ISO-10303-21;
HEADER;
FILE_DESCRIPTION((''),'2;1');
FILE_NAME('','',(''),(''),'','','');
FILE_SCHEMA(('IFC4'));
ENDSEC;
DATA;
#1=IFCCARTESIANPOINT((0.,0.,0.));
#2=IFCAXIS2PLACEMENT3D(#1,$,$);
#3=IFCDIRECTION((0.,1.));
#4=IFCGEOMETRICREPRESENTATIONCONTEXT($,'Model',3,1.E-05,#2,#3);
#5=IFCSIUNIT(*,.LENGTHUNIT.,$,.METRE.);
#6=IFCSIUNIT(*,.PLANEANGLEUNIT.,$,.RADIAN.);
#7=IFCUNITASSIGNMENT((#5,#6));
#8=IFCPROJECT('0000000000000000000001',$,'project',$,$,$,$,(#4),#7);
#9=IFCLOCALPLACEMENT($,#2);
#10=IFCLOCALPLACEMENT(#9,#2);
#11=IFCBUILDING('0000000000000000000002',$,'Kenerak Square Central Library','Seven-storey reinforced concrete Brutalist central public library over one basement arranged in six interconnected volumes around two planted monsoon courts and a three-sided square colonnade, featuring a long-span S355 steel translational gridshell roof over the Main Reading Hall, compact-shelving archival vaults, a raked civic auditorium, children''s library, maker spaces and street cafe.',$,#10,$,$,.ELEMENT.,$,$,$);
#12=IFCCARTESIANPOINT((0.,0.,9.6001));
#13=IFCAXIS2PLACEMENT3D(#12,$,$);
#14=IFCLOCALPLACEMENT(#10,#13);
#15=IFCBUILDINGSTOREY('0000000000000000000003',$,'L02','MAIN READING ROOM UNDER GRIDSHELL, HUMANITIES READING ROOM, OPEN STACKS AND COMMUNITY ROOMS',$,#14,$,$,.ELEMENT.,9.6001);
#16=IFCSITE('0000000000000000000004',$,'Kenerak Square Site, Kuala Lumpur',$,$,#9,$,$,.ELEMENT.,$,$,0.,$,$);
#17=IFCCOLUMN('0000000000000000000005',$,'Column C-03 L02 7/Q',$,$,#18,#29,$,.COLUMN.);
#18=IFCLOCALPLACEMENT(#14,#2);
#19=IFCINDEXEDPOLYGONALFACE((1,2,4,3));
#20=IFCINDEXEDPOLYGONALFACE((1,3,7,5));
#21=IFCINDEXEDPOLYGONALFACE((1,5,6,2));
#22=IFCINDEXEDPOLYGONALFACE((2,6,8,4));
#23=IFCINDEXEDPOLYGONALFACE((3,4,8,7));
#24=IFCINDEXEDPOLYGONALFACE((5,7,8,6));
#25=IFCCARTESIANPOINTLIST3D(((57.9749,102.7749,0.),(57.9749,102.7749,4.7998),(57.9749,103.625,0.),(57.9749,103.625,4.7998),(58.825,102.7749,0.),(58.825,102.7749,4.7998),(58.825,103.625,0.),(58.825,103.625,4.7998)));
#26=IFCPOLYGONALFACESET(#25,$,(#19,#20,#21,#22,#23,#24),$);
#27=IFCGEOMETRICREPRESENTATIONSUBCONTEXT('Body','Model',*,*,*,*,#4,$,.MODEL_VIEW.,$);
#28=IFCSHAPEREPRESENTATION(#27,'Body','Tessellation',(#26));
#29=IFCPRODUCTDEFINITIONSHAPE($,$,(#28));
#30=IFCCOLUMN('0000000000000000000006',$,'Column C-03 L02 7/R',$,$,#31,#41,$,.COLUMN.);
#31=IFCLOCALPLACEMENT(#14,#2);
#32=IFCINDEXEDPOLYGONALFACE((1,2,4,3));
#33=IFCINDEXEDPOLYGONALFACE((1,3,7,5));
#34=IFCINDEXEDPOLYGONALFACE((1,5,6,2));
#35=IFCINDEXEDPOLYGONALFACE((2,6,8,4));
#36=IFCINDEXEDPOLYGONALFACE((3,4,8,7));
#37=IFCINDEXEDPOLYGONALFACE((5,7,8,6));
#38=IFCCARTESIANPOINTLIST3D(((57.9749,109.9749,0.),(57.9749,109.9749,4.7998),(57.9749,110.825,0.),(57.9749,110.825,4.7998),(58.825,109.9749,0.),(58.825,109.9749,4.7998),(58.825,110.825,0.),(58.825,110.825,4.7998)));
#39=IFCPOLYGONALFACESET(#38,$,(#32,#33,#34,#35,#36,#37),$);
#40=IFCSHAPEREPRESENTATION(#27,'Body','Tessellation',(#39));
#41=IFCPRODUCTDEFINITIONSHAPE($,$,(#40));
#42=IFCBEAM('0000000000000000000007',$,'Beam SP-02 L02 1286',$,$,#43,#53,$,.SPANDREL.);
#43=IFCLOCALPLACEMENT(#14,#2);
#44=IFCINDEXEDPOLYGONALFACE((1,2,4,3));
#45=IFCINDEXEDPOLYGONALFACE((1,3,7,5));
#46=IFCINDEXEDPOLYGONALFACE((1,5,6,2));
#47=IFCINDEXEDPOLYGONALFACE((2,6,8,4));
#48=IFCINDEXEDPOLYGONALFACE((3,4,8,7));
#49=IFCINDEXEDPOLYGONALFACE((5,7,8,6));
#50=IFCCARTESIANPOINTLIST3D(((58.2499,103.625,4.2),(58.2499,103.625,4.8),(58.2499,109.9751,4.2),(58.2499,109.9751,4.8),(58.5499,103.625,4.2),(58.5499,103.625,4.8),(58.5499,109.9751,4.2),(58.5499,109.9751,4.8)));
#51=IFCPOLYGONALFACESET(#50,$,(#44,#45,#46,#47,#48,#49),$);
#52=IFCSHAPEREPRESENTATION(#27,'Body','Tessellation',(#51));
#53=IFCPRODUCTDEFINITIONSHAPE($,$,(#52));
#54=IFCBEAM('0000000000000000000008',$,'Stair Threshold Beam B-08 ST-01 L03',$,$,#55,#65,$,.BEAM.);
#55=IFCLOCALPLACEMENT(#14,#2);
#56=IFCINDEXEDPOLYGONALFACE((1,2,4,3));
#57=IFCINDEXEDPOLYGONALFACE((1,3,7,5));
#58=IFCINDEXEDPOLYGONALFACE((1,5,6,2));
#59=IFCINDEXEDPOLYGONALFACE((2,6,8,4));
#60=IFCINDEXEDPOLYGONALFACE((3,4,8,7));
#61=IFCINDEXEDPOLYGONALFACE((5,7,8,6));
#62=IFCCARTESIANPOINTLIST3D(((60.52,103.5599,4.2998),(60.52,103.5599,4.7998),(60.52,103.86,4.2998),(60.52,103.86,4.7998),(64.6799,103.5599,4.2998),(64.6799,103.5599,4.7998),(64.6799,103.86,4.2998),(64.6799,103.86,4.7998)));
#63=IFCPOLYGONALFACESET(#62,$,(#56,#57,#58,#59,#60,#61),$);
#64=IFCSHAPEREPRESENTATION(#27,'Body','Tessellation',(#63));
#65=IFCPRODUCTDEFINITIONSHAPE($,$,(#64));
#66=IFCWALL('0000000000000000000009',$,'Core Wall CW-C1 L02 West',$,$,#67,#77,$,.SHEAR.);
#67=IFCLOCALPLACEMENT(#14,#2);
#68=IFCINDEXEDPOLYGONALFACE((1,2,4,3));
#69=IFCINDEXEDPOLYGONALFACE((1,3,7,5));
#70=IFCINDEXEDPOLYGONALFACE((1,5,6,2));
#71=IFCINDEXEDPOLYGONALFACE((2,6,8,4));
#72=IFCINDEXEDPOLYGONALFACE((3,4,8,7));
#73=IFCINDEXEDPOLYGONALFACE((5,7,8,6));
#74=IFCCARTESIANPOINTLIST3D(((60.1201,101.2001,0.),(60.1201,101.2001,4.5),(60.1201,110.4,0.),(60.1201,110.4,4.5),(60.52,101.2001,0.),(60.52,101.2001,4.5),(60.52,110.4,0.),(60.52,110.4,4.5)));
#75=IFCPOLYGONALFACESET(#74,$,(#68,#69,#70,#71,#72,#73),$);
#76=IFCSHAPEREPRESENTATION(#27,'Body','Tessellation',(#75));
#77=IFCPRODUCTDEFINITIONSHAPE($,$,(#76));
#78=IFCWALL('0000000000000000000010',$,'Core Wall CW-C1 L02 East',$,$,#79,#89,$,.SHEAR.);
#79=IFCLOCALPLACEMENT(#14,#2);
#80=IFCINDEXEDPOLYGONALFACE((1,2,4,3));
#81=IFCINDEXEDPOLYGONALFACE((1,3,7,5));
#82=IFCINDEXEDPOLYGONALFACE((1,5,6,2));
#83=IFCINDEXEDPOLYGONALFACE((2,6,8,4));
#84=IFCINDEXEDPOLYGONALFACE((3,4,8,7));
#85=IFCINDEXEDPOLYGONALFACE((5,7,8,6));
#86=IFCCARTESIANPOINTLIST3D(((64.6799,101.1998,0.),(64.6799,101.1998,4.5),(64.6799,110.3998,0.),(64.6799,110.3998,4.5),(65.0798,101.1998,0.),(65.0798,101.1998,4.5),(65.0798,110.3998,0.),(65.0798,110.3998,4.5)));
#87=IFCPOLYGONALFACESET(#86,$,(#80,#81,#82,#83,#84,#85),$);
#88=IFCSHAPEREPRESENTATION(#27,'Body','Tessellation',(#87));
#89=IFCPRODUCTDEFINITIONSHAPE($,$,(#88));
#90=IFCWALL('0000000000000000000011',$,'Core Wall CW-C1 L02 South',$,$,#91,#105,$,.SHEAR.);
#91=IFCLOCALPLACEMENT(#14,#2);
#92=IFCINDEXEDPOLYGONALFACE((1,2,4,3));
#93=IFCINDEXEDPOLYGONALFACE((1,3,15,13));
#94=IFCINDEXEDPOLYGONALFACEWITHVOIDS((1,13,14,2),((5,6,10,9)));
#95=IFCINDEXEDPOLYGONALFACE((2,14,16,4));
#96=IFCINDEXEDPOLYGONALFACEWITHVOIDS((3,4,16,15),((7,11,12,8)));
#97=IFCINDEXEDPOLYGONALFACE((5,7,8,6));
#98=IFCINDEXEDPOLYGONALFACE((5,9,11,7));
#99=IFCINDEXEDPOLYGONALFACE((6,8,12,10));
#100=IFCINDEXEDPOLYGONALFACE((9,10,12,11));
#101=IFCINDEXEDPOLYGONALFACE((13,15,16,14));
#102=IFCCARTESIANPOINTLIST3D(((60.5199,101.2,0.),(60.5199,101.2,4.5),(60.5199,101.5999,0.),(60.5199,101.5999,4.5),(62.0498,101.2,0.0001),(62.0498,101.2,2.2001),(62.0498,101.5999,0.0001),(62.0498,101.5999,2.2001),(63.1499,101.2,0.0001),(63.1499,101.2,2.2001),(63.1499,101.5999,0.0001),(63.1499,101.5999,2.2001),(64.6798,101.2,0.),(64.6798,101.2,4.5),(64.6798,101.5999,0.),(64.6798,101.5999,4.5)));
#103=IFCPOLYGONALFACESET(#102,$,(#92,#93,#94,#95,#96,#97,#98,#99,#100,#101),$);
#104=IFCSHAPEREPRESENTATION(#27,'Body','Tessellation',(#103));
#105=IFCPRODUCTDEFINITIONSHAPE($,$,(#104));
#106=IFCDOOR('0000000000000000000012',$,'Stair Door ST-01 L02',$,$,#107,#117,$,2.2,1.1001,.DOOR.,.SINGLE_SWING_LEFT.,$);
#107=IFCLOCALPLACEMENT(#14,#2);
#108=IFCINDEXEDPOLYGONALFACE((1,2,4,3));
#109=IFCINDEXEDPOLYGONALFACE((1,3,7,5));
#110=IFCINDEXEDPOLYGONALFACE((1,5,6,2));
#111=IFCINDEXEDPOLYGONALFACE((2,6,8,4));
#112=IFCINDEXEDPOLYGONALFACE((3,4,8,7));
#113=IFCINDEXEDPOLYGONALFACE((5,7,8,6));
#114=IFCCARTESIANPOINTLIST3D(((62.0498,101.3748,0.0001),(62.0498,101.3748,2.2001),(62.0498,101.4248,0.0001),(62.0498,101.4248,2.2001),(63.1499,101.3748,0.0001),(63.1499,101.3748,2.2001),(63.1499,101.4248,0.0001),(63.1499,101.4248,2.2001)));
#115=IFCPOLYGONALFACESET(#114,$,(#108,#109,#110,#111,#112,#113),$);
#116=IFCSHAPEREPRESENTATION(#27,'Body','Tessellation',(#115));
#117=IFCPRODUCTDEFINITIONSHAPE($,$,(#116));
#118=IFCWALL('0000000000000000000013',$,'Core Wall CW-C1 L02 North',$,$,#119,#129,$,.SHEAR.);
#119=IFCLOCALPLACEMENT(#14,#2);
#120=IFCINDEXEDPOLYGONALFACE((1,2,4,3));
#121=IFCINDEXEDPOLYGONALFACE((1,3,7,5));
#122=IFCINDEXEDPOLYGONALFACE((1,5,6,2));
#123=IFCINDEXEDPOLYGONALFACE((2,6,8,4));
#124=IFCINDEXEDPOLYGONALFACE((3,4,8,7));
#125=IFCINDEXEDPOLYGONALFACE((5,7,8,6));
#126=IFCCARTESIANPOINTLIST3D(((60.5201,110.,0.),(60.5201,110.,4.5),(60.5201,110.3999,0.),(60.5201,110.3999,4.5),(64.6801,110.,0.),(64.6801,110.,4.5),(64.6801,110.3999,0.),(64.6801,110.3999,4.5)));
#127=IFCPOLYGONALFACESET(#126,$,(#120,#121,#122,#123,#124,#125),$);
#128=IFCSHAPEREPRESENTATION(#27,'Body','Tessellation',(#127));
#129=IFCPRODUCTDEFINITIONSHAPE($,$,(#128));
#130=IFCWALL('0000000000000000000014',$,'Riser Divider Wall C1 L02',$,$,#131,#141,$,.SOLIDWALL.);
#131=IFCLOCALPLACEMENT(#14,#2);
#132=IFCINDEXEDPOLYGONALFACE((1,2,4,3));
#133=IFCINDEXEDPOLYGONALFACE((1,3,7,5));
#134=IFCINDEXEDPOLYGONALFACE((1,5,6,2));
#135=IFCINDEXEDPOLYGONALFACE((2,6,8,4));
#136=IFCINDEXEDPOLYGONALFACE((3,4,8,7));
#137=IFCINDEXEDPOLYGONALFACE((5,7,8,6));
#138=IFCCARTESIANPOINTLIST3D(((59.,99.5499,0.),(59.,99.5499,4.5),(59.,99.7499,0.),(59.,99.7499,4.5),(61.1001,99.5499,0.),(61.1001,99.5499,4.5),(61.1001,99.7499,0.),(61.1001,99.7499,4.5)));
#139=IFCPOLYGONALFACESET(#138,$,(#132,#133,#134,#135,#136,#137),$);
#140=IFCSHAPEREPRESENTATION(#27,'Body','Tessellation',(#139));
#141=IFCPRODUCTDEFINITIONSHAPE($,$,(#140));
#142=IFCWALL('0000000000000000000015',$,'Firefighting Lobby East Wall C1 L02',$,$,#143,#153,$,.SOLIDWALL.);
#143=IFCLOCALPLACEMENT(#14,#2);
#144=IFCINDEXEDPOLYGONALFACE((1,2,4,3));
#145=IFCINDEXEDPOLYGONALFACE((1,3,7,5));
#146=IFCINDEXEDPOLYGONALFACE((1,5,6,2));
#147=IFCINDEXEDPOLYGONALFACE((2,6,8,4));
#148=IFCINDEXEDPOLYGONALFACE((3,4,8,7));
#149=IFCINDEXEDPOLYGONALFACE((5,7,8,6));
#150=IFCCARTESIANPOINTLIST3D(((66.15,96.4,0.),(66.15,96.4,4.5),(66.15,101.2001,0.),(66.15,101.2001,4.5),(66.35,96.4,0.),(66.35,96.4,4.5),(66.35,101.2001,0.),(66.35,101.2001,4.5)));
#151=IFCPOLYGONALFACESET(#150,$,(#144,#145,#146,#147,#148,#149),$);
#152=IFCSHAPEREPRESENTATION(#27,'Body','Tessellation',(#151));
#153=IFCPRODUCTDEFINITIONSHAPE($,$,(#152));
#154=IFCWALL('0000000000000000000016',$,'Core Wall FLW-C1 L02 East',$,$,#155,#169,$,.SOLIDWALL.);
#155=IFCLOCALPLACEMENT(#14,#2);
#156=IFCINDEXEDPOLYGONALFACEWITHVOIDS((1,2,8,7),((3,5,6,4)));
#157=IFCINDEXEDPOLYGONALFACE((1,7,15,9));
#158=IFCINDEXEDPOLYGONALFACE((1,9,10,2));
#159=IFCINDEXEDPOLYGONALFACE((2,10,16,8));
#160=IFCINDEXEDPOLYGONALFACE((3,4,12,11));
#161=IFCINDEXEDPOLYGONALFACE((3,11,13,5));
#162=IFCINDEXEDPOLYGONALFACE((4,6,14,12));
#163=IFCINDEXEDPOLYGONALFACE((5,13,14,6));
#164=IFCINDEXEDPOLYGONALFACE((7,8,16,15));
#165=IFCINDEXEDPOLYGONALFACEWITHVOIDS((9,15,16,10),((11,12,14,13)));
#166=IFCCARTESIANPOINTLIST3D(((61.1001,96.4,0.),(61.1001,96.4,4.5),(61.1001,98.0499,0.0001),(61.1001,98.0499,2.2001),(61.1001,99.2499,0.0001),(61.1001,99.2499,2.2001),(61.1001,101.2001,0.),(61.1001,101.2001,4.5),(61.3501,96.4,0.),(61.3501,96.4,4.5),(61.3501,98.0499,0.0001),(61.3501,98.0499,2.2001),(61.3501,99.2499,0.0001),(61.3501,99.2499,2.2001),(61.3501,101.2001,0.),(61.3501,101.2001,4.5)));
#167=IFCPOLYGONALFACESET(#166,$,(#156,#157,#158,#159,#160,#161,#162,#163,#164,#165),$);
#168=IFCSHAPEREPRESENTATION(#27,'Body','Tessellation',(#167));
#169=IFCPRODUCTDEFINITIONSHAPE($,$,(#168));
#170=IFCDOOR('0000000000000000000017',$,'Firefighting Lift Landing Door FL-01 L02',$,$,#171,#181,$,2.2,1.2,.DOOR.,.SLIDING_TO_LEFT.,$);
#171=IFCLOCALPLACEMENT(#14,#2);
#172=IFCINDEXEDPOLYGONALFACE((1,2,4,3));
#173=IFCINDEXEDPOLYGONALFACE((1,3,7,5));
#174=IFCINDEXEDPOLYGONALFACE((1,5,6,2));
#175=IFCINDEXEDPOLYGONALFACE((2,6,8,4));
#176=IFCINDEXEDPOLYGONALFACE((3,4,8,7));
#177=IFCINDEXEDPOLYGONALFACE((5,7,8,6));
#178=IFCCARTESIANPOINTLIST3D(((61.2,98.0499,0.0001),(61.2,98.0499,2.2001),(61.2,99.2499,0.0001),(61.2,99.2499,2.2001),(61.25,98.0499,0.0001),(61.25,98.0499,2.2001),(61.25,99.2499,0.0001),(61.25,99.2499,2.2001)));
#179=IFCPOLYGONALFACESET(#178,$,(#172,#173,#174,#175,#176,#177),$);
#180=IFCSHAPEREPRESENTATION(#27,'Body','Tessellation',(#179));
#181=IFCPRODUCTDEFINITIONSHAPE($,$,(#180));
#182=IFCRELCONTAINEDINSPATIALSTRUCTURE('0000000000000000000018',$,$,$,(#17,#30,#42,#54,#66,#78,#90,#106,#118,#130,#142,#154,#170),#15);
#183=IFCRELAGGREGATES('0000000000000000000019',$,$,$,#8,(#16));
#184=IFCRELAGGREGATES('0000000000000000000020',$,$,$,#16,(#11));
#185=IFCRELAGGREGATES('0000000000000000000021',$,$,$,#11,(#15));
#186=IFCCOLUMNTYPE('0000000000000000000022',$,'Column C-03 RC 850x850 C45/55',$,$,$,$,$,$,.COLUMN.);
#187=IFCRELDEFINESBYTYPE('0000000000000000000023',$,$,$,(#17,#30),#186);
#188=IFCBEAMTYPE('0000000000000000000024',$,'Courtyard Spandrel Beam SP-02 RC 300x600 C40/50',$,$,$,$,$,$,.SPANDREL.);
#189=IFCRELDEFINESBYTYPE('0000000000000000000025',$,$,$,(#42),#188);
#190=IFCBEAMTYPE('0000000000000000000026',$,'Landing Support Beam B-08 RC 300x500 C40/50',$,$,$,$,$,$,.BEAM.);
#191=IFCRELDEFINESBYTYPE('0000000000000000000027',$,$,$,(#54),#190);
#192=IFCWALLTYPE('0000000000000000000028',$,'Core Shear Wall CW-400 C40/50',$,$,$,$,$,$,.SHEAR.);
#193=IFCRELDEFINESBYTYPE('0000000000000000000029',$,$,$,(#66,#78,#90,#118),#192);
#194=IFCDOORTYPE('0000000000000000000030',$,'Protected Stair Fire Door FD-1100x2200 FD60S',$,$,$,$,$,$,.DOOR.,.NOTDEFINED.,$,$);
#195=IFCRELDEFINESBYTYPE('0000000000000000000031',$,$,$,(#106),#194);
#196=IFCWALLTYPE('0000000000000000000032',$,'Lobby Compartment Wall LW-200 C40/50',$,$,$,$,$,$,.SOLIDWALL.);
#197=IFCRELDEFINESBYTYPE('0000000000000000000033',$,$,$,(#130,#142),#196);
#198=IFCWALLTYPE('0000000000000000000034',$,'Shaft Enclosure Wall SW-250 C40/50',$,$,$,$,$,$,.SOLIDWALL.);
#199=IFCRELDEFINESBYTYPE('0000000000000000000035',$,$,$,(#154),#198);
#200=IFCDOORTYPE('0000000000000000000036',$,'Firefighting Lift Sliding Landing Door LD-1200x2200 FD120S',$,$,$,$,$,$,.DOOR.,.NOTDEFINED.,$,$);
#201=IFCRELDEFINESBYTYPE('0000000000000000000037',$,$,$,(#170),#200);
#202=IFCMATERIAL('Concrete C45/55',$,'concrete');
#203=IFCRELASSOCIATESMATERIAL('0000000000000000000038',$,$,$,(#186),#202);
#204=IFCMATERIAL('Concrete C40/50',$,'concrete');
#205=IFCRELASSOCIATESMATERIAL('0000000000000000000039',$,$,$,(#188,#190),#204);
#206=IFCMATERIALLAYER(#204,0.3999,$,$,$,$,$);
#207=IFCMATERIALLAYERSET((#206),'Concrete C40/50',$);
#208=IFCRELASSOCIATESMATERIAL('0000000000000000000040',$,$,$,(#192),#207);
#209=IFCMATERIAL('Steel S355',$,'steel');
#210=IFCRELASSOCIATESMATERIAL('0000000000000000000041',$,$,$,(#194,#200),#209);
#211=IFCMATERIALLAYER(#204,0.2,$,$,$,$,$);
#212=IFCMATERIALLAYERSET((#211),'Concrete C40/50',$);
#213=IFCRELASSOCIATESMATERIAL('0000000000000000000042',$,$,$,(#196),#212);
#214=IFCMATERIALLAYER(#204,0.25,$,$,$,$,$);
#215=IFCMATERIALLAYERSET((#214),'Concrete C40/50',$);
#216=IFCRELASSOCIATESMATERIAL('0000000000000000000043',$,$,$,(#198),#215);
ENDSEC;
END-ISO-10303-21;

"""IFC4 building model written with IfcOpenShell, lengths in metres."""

from ifc_helpers import new_model, si_unit, direction, frame, frame_2d, origin, origin_2d, place, context, subcontext, project, spatial, rectangle, extrude, material, layer, layer_set, material_profile, profile_set, type_object, element, fill, save


model = new_model("IFC4")

# Units and contexts
model_context = context("Model", 3, precision=1e-05, world=origin(), true_north=direction((0.0, 1.0)))
body_context = subcontext(model_context, "Body", "Model", "MODEL_VIEW")
ifc_project = project(units=[si_unit("LENGTHUNIT", "METRE"), si_unit("PLANEANGLEUNIT", "RADIAN")], contexts=[model_context])

# Site, building, storey
site_placement = place(None, origin())
site = spatial("IfcSite", under=ifc_project, at=site_placement, Name="Kenerak Square Site, Kuala Lumpur", CompositionType="ELEMENT", RefElevation=0.0)
building_placement = place(site_placement, origin())
building = spatial("IfcBuilding", under=site, at=building_placement, Name="Kenerak Square Central Library", Description="Seven-storey reinforced concrete Brutalist central public library over one basement arranged in six interconnected volumes around two planted monsoon courts and a three-sided square colonnade, featuring a long-span S355 steel translational gridshell roof over the Main Reading Hall, compact-shelving archival vaults, a raked civic auditorium, children's library, maker spaces and street cafe.", CompositionType="ELEMENT")
storey_placement = place(building_placement, frame((0.0, 0.0, 9.6001)))
storey = spatial("IfcBuildingStorey", under=building, at=storey_placement, Name="L02", Description="MAIN READING ROOM UNDER GRIDSHELL, HUMANITIES READING ROOM, OPEN STACKS AND COMMUNITY ROOMS", CompositionType="ELEMENT", Elevation=9.6001)

# Columns
ifc_material_1 = material(Name="Concrete C45/55", Category="concrete")
ifc_material_profile_1 = material_profile(ifc_material_1, rectangle(XDim=0.8501, YDim=0.8501, at=origin_2d()), Name="RC 850x850")
ifc_profile_set_1 = profile_set([ifc_material_profile_1], Name="Concrete C45/55")
column_type = type_object("IfcColumnType", Name="Column C-03 RC 850x850 C45/55", PredefinedType="COLUMN", material=ifc_profile_set_1)
for number, where, z_axis, x_axis, name in (
    (1, (58.3999, 103.2, 0.0), (0.0, 0.0, 1.0), (1.0, 0.0, 0.0), "Column C-03 L02 7/Q"),
    (2, (58.3999, 110.3999, 0.0), (0.0, 0.0, 1.0), (1.0, 0.0, 0.0), "Column C-03 L02 7/R"),
):
    element("IfcColumn", number, at=place(storey_placement, frame(where, z_axis=z_axis, x_axis=x_axis)), inside=storey, type_object=column_type, Name=name, PredefinedType="COLUMN", context=body_context, shape_type="SweptSolid", body=[
        extrude(rectangle(XDim=0.8501, YDim=0.8501, at=origin_2d()), origin(), (0.0, 0.0, 1.0), 4.7998),
    ])

# Beams
ifc_material_2 = material(Name="Concrete C40/50", Category="concrete")
ifc_material_profile_2 = material_profile(ifc_material_2, rectangle(XDim=0.3, YDim=0.6001, at=origin_2d()), Name="RC 300x600")
ifc_profile_set_2 = profile_set([ifc_material_profile_2], Name="Concrete C40/50")
beam_type_1 = type_object("IfcBeamType", Name="Courtyard Spandrel Beam SP-02 RC 300x600 C40/50", PredefinedType="SPANDREL", material=ifc_profile_set_2)
beam_1_placement = place(storey_placement, frame((58.3999, 103.625, 4.5), z_axis=(0.0, 1.0, 0.0), x_axis=(-1.0, 0.0, 0.0)))
element("IfcBeam", 3, at=beam_1_placement, inside=storey, type_object=beam_type_1, Name="Beam SP-02 L02 1286", PredefinedType="SPANDREL", context=body_context, shape_type="SweptSolid", body=[
    extrude(rectangle(XDim=0.3, YDim=0.6001, at=origin_2d()), origin(), (0.0, 0.0, 1.0), 6.3501),
])
ifc_material_profile_3 = material_profile(ifc_material_2, rectangle(XDim=0.3, YDim=0.5, at=origin_2d()), Name="RC 300x500")
ifc_profile_set_3 = profile_set([ifc_material_profile_3], Name="Concrete C40/50")
beam_type_2 = type_object("IfcBeamType", Name="Landing Support Beam B-08 RC 300x500 C40/50", PredefinedType="BEAM", material=ifc_profile_set_3)
beam_2_placement = place(storey_placement, frame((60.52, 103.71, 4.5498), z_axis=(1.0, 0.0, 0.0), x_axis=(0.0, 1.0, 0.0)))
element("IfcBeam", 4, at=beam_2_placement, inside=storey, type_object=beam_type_2, Name="Stair Threshold Beam B-08 ST-01 L03", PredefinedType="BEAM", context=body_context, shape_type="SweptSolid", body=[
    extrude(rectangle(XDim=0.3, YDim=0.5, at=origin_2d()), origin(), (0.0, 0.0, 1.0), 4.1599),
])

# Walls
ifc_layer_1 = layer(ifc_material_2, 0.3999)
ifc_layer_set_1 = layer_set([ifc_layer_1], Name="Concrete C40/50")
wall_type_1 = type_object("IfcWallType", Name="Core Shear Wall CW-400 C40/50", PredefinedType="SHEAR", material=ifc_layer_set_1)
for number, where, z_axis, x_axis, name in (
    (5, (60.3201, 101.2, 0.0), (0.0, 0.0, 1.0), (0.0, 1.0, 0.0), "Core Wall CW-C1 L02 West"),
    (6, (64.8799, 110.3999, 0.0), (0.0, 0.0, 1.0), (0.0, -1.0, 0.0), "Core Wall CW-C1 L02 East"),
):
    element("IfcWall", number, at=place(storey_placement, frame(where, z_axis=z_axis, x_axis=x_axis)), inside=storey, type_object=wall_type_1, Name=name, PredefinedType="SHEAR", context=body_context, shape_type="SweptSolid", body=[
        extrude(rectangle(XDim=9.2, YDim=0.3999, at=frame_2d((4.6001, 0.0))), origin(), (0.0, 0.0, 1.0), 4.5),
    ])

# Wall, opening, door
wall_1_placement = place(storey_placement, frame((64.6799, 101.3999, 0.0), z_axis=(0.0, 0.0, 1.0), x_axis=(-1.0, 0.0, 0.0)))
wall_1 = element("IfcWall", 7, at=wall_1_placement, inside=storey, type_object=wall_type_1, Name="Core Wall CW-C1 L02 South", PredefinedType="SHEAR", context=body_context, shape_type="SweptSolid", body=[
    extrude(rectangle(XDim=4.1599, YDim=0.3999, at=frame_2d((2.0801, 0.0))), origin(), (0.0, 0.0, 1.0), 4.5),
])
opening_1_placement = place(wall_1_placement, frame((1.53, 0.0, 0.0)))
opening_1 = element("IfcOpeningElement", 8, at=opening_1_placement, cuts=wall_1, PredefinedType="OPENING", context=body_context, shape_type="SweptSolid", body=[
    extrude(rectangle(XDim=1.1001, YDim=2.2, at=frame_2d((0.55, 1.1001))), frame((0.0, 0.21, 0.0), z_axis=(0.0, -1.0, 0.0), x_axis=(1.0, 0.0, 0.0)), (0.0, 0.0, 1.0), 0.4199),
])
ifc_material_3 = material(Name="Steel S355", Category="steel")
door_type_1 = type_object("IfcDoorType", Name="Protected Stair Fire Door FD-1100x2200 FD60S", OperationType="NOTDEFINED", PredefinedType="DOOR", material=ifc_material_3)
door_1_placement = place(opening_1_placement, frame((1.1001, 0.0, 0.0), z_axis=(0.0, 0.0, 1.0), x_axis=(-1.0, 0.0, 0.0)))
door_1 = element("IfcDoor", 9, at=door_1_placement, inside=storey, type_object=door_type_1, Name="Stair Door ST-01 L02", OperationType="SINGLE_SWING_LEFT", OverallHeight=2.2, OverallWidth=1.1001, PredefinedType="DOOR", context=body_context, shape_type="SweptSolid", body=[
    extrude(rectangle(XDim=1.1001, YDim=2.2, at=frame_2d((0.55, 1.1001))), frame((0.0, 0.0249, 0.0), z_axis=(0.0, -1.0, 0.0), x_axis=(1.0, 0.0, 0.0)), (0.0, 0.0, 1.0), 0.05),
])
fill(opening_1, door_1)

# Walls
wall_2_placement = place(storey_placement, frame((60.52, 110.2, 0.0), z_axis=(0.0, 0.0, 1.0), x_axis=(1.0, 0.0, 0.0)))
element("IfcWall", 10, at=wall_2_placement, inside=storey, type_object=wall_type_1, Name="Core Wall CW-C1 L02 North", PredefinedType="SHEAR", context=body_context, shape_type="SweptSolid", body=[
    extrude(rectangle(XDim=4.1599, YDim=0.3999, at=frame_2d((2.0801, 0.0))), origin(), (0.0, 0.0, 1.0), 4.5),
])
ifc_layer_2 = layer(ifc_material_2, 0.2)
ifc_layer_set_2 = layer_set([ifc_layer_2], Name="Concrete C40/50")
wall_type_2 = type_object("IfcWallType", Name="Lobby Compartment Wall LW-200 C40/50", PredefinedType="SOLIDWALL", material=ifc_layer_set_2)
wall_3_placement = place(storey_placement, frame((59.0, 99.6499, 0.0), z_axis=(0.0, 0.0, 1.0), x_axis=(1.0, 0.0, 0.0)))
element("IfcWall", 11, at=wall_3_placement, inside=storey, type_object=wall_type_2, Name="Riser Divider Wall C1 L02", PredefinedType="SOLIDWALL", context=body_context, shape_type="SweptSolid", body=[
    extrude(rectangle(XDim=2.1001, YDim=0.2, at=frame_2d((1.05, 0.0))), origin(), (0.0, 0.0, 1.0), 4.5),
])
wall_4_placement = place(storey_placement, frame((66.25, 101.2, 0.0), z_axis=(0.0, 0.0, 1.0), x_axis=(0.0, -1.0, 0.0)))
element("IfcWall", 12, at=wall_4_placement, inside=storey, type_object=wall_type_2, Name="Firefighting Lobby East Wall C1 L02", PredefinedType="SOLIDWALL", context=body_context, shape_type="SweptSolid", body=[
    extrude(rectangle(XDim=4.8, YDim=0.2, at=frame_2d((2.3999, 0.0))), origin(), (0.0, 0.0, 1.0), 4.5),
])

# Wall, opening, door
ifc_layer_3 = layer(ifc_material_2, 0.25)
ifc_layer_set_3 = layer_set([ifc_layer_3], Name="Concrete C40/50")
wall_type_3 = type_object("IfcWallType", Name="Shaft Enclosure Wall SW-250 C40/50", PredefinedType="SOLIDWALL", material=ifc_layer_set_3)
wall_5_placement = place(storey_placement, frame((61.2251, 101.2, 0.0), z_axis=(0.0, 0.0, 1.0), x_axis=(0.0, -1.0, 0.0)))
wall_5 = element("IfcWall", 13, at=wall_5_placement, inside=storey, type_object=wall_type_3, Name="Core Wall FLW-C1 L02 East", PredefinedType="SOLIDWALL", context=body_context, shape_type="SweptSolid", body=[
    extrude(rectangle(XDim=4.8, YDim=0.25, at=frame_2d((2.3999, 0.0))), origin(), (0.0, 0.0, 1.0), 4.5),
])
opening_2_placement = place(wall_5_placement, frame((1.95, 0.0, 0.0)))
opening_2 = element("IfcOpeningElement", 14, at=opening_2_placement, cuts=wall_5, PredefinedType="OPENING", context=body_context, shape_type="SweptSolid", body=[
    extrude(rectangle(XDim=1.2, YDim=2.2, at=frame_2d((0.6001, 1.1001))), frame((0.0, 0.135, 0.0), z_axis=(0.0, -1.0, 0.0), x_axis=(1.0, 0.0, 0.0)), (0.0, 0.0, 1.0), 0.27),
])
door_type_2 = type_object("IfcDoorType", Name="Firefighting Lift Sliding Landing Door LD-1200x2200 FD120S", OperationType="NOTDEFINED", PredefinedType="DOOR", material=ifc_material_3)
door_2_placement = place(opening_2_placement, origin())
door_2 = element("IfcDoor", 15, at=door_2_placement, inside=storey, type_object=door_type_2, Name="Firefighting Lift Landing Door FL-01 L02", OperationType="SLIDING_TO_LEFT", OverallHeight=2.2, OverallWidth=1.2, PredefinedType="DOOR", context=body_context, shape_type="SweptSolid", body=[
    extrude(rectangle(XDim=1.2, YDim=2.2, at=frame_2d((0.6001, 1.1001))), frame((0.0, 0.0249, 0.0), z_axis=(0.0, -1.0, 0.0), x_axis=(1.0, 0.0, 0.0)), (0.0, 0.0, 1.0), 0.05),
])
fill(opening_2, door_2)

save(model, "model.ifc")
